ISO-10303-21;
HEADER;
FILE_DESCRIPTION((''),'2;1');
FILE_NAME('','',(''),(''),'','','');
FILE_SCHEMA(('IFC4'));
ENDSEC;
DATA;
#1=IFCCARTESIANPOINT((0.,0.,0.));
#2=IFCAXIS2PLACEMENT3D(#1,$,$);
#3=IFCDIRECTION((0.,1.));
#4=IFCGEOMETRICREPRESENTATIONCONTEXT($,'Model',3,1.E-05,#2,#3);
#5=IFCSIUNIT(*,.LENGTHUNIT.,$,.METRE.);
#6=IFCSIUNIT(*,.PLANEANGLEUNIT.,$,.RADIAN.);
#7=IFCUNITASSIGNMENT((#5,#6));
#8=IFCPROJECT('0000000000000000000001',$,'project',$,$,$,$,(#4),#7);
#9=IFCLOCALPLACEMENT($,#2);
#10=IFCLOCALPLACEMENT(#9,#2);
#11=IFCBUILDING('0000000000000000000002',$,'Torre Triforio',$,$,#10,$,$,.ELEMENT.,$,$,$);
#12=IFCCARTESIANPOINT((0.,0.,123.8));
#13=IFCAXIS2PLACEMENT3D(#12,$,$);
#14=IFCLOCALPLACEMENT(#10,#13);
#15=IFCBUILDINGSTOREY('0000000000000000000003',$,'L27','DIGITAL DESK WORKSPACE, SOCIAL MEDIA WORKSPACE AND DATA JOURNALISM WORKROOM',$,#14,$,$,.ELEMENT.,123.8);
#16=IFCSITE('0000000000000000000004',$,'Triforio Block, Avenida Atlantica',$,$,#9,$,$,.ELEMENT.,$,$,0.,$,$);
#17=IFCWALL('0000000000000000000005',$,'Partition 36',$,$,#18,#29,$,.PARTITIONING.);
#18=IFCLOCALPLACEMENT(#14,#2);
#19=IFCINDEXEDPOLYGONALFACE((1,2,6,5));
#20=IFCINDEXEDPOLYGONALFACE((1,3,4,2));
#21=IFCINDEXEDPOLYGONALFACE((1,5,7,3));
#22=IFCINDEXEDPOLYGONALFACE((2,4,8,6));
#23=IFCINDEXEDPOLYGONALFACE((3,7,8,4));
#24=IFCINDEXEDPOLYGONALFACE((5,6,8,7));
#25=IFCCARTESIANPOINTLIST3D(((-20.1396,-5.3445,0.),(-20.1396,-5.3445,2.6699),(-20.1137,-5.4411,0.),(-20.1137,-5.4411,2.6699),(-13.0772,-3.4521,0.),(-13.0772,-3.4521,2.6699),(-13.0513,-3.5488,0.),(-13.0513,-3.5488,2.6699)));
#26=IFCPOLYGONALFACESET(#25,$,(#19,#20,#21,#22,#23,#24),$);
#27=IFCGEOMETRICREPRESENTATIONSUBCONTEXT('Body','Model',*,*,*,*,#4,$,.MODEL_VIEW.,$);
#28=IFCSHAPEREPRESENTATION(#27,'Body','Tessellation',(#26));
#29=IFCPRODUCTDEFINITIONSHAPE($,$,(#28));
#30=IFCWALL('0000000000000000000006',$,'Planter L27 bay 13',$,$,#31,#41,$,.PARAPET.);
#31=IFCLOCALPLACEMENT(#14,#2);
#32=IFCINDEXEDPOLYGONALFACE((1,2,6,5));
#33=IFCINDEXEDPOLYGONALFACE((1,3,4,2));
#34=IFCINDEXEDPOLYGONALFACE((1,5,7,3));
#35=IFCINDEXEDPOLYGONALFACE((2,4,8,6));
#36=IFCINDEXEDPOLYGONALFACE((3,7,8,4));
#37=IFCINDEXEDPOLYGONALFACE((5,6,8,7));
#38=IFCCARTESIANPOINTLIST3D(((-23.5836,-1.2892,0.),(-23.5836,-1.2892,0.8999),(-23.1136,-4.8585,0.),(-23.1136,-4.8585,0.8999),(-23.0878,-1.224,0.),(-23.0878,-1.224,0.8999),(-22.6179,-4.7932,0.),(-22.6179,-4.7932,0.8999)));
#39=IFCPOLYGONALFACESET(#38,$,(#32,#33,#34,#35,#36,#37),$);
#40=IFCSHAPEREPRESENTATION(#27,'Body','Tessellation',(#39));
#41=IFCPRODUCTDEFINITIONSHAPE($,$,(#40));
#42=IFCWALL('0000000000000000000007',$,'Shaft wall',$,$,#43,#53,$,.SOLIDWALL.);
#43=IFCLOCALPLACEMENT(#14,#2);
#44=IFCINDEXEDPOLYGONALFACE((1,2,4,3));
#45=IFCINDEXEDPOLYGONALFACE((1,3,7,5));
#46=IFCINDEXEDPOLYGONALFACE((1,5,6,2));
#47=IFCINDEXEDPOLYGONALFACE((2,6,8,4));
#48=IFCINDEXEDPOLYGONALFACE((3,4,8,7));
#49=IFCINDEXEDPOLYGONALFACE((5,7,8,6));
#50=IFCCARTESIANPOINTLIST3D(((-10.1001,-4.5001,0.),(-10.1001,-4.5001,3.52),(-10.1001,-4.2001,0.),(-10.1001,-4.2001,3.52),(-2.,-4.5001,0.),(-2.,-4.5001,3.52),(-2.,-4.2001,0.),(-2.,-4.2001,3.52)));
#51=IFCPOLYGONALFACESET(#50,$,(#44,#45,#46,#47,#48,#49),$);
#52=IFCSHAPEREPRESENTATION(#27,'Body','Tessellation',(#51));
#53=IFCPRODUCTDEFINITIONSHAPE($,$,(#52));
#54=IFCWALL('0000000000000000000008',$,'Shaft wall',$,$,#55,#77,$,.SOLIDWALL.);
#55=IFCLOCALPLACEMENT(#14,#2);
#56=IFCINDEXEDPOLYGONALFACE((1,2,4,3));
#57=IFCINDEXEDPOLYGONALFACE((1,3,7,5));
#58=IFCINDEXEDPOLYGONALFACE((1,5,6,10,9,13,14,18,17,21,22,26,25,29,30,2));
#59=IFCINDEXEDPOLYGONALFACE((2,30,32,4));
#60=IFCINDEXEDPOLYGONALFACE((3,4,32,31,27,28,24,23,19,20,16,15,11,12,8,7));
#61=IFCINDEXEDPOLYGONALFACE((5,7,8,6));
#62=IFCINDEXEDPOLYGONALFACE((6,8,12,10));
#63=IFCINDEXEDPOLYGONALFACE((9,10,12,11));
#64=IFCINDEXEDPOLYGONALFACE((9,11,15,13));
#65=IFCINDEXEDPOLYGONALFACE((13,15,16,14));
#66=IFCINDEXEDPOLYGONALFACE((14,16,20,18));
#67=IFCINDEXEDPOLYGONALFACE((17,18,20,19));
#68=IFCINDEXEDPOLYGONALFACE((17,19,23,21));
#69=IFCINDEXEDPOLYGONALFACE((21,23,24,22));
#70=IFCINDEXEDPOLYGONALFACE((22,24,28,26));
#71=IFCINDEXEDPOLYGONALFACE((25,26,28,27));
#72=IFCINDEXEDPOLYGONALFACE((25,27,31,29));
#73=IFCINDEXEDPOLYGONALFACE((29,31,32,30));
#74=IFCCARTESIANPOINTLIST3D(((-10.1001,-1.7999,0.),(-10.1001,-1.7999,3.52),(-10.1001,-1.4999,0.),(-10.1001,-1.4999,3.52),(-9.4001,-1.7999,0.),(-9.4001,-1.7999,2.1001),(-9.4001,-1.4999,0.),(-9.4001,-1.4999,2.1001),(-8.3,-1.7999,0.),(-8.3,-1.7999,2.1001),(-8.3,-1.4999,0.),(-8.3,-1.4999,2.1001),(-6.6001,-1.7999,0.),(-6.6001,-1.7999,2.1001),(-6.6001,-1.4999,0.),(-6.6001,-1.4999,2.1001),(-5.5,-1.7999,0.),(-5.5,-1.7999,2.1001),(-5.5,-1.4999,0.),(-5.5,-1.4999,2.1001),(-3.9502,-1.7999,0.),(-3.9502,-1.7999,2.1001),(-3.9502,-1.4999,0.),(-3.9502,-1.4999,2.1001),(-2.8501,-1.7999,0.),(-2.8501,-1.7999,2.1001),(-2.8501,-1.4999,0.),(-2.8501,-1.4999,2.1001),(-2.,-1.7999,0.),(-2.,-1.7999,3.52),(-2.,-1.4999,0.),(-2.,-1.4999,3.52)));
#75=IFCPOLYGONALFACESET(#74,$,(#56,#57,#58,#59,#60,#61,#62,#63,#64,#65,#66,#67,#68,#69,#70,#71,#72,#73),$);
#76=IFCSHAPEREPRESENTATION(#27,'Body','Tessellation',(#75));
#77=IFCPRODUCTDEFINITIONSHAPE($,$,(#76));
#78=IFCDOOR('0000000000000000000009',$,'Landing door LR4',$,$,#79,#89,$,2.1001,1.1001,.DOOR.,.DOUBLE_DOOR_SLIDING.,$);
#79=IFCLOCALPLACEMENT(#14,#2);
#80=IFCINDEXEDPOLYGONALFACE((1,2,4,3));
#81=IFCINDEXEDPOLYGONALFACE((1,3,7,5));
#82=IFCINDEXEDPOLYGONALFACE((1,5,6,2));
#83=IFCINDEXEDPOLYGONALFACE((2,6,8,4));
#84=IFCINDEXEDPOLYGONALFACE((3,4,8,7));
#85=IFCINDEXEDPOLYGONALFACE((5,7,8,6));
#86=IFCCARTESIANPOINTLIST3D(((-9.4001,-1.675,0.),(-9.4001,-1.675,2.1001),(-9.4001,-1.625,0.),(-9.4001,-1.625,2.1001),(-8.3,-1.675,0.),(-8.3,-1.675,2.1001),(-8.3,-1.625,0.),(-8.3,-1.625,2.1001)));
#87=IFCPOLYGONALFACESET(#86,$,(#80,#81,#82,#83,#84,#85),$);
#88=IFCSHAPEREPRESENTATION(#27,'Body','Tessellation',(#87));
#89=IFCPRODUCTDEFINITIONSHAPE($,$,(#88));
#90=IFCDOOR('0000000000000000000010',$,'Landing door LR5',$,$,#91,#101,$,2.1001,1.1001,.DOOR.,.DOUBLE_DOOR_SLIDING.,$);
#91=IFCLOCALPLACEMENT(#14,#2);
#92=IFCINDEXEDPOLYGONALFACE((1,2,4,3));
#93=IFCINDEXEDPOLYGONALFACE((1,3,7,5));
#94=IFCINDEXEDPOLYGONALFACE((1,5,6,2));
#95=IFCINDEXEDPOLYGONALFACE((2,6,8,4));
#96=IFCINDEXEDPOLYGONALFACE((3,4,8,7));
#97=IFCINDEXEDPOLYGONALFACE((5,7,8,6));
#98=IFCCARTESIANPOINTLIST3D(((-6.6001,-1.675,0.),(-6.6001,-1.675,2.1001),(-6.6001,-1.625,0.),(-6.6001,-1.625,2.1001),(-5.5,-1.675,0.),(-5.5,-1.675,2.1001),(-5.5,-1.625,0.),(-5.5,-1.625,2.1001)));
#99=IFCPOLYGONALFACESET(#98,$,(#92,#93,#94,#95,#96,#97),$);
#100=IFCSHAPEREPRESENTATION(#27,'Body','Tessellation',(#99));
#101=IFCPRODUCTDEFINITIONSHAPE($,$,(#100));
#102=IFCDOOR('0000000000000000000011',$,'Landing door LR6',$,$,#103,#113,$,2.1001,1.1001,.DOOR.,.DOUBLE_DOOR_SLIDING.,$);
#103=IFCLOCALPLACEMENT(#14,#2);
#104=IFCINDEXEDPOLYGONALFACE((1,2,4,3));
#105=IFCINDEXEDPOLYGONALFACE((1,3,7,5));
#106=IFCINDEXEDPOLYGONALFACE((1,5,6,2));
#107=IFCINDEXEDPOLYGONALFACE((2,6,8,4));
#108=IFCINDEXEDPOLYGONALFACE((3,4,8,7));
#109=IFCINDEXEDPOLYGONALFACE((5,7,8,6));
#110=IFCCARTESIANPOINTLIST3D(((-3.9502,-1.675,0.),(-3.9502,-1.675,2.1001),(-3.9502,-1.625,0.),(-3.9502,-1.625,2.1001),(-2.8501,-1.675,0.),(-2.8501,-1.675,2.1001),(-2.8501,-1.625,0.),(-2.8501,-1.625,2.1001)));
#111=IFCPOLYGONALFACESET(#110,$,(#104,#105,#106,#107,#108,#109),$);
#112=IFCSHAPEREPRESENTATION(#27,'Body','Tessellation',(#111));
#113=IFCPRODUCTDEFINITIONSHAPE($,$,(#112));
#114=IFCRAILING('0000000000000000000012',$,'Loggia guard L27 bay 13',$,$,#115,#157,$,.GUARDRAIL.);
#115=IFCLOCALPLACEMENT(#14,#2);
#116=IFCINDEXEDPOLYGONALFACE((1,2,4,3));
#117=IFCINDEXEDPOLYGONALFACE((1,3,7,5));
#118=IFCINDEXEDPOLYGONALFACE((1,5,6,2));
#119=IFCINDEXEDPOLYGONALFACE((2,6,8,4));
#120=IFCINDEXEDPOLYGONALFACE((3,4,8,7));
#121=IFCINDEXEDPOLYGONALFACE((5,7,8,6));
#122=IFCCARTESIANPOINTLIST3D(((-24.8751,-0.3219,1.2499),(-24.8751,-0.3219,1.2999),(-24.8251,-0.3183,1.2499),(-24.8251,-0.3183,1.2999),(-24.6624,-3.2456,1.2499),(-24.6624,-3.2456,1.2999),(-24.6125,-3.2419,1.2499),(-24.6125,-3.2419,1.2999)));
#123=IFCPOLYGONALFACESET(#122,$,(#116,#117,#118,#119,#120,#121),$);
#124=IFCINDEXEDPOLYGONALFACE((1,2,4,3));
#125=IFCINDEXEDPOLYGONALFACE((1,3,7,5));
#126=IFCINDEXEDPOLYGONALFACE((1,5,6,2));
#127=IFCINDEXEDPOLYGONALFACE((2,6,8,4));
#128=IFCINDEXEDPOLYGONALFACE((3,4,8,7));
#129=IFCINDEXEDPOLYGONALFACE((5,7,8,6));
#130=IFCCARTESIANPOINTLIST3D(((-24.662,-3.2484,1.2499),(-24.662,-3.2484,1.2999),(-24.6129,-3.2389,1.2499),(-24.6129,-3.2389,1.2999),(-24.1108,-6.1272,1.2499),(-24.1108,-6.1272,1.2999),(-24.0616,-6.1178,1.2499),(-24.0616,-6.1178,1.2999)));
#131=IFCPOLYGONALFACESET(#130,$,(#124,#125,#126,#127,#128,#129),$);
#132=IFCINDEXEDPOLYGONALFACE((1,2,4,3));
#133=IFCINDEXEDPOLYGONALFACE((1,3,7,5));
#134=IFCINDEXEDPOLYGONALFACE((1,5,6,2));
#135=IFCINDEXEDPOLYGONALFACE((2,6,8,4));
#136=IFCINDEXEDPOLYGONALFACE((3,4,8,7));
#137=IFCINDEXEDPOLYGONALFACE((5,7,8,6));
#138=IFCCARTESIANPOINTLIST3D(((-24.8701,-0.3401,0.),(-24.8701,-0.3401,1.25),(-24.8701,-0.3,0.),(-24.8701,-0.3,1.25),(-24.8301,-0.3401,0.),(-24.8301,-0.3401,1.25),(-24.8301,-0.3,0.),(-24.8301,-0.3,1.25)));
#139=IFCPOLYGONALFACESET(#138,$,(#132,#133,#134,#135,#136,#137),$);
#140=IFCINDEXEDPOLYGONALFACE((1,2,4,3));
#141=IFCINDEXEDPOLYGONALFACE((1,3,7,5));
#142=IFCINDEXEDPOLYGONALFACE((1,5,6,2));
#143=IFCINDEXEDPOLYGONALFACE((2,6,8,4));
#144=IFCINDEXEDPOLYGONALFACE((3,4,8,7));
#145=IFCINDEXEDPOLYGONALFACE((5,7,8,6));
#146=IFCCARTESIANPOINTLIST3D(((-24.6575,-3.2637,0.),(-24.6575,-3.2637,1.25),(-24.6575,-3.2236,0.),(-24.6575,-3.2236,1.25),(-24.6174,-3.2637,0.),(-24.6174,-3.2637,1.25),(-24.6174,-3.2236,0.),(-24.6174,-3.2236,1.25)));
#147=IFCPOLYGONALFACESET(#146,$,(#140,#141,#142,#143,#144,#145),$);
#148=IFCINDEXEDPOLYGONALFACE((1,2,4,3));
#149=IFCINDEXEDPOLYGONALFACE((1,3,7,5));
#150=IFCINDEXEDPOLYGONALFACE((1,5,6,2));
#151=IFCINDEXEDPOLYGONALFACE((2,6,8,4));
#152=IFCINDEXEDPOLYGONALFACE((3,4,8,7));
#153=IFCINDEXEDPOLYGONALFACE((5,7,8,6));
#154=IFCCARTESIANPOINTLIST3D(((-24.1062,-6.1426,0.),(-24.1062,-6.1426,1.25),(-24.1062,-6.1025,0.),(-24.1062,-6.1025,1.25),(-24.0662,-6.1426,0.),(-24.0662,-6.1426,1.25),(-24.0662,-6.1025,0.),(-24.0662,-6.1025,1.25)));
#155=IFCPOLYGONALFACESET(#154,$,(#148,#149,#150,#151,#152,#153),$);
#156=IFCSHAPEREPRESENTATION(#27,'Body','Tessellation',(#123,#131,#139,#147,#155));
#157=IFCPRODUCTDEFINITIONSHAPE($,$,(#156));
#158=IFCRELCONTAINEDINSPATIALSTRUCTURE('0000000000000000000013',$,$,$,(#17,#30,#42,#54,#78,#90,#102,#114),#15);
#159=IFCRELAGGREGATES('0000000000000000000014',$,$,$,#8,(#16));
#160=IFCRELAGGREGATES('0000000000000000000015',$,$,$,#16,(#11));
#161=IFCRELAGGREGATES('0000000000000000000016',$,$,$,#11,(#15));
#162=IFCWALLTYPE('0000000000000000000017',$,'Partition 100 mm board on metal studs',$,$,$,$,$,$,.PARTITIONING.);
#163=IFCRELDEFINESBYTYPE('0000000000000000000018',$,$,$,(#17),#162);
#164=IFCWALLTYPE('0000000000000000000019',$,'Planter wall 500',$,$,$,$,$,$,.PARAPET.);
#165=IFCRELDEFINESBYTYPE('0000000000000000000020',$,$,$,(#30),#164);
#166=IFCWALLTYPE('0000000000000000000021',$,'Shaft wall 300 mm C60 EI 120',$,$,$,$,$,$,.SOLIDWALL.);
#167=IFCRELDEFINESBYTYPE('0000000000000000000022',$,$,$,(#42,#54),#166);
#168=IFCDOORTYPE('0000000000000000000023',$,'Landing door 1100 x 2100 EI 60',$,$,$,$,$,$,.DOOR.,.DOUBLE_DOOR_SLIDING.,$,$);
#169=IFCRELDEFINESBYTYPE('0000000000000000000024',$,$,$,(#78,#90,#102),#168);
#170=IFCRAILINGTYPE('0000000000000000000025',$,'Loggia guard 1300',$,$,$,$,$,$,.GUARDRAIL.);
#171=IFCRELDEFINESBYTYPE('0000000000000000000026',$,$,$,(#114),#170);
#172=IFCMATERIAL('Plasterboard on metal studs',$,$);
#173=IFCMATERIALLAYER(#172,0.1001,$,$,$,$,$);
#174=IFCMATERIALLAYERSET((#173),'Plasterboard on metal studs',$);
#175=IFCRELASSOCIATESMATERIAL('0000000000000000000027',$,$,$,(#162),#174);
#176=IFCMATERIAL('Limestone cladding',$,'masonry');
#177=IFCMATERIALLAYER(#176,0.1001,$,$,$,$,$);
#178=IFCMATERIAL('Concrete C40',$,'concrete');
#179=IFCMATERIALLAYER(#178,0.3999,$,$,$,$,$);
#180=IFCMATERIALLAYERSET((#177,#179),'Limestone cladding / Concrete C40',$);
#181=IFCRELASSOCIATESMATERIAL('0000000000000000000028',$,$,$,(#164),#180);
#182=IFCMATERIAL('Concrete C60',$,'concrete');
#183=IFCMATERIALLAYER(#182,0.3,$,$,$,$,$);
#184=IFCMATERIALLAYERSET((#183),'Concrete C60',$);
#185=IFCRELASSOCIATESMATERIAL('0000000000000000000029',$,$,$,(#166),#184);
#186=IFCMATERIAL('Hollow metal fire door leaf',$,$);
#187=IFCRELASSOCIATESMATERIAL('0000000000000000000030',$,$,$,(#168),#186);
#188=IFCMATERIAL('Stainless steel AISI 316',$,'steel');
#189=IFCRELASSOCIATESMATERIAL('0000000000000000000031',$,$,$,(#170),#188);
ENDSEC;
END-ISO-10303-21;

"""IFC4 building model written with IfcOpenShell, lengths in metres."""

from ifc_helpers import new_model, si_unit, direction, frame, frame_2d, origin, origin_2d, place, context, subcontext, project, spatial, rectangle, extrude, material, layer, layer_set, type_object, element, fill, save


model = new_model("IFC4")

# Units and contexts
model_context = context("Model", 3, precision=1e-05, world=origin(), true_north=direction((0.0, 1.0)))
body_context = subcontext(model_context, "Body", "Model", "MODEL_VIEW")
ifc_project = project(units=[si_unit("LENGTHUNIT", "METRE"), si_unit("PLANEANGLEUNIT", "RADIAN")], contexts=[model_context])

# Site, building, storey
site_placement = place(None, origin())
site = spatial("IfcSite", under=ifc_project, at=site_placement, Name="Triforio Block, Avenida Atlantica", CompositionType="ELEMENT", RefElevation=0.0)
building_placement = place(site_placement, origin())
building = spatial("IfcBuilding", under=site, at=building_placement, Name="Torre Triforio", CompositionType="ELEMENT")
storey_placement = place(building_placement, frame((0.0, 0.0, 123.8)))
storey = spatial("IfcBuildingStorey", under=building, at=storey_placement, Name="L27", Description="DIGITAL DESK WORKSPACE, SOCIAL MEDIA WORKSPACE AND DATA JOURNALISM WORKROOM", CompositionType="ELEMENT", Elevation=123.8)

# Shared definitions
ifc_material_1 = material(Name="Concrete C60", Category="concrete")

# Shared definitions
ifc_material_2 = material(Name="Hollow metal fire door leaf")
ifc_material_3 = material(Name="Plasterboard on metal studs")

# Walls
ifc_layer_1 = layer(ifc_material_3, 0.1001)
ifc_layer_set_1 = layer_set([ifc_layer_1], Name="Plasterboard on metal studs")
wall_type_1 = type_object("IfcWallType", Name="Partition 100 mm board on metal studs", PredefinedType="PARTITIONING", material=ifc_layer_set_1)
wall_1_placement = place(storey_placement, frame((-13.0642, -3.5005, 0.0), z_axis=(0.0, 0.0, 1.0), x_axis=(-0.965928, -0.258812, 0.0)))
element("IfcWall", 1, at=wall_1_placement, inside=storey, type_object=wall_type_1, Name="Partition 36", PredefinedType="PARTITIONING", context=body_context, shape_type="SweptSolid", body=[
    extrude(rectangle(XDim=7.3115, YDim=0.1001, at=frame_2d((3.6558, 0.0))), origin(), (0.0, 0.0, 1.0), 2.6699),
])
ifc_material_4 = material(Name="Limestone cladding", Category="masonry")
ifc_layer_2 = layer(ifc_material_4, 0.1001)
ifc_material_5 = material(Name="Concrete C40", Category="concrete")
ifc_layer_3 = layer(ifc_material_5, 0.3999)
ifc_layer_set_2 = layer_set([ifc_layer_2, ifc_layer_3], Name="Limestone cladding / Concrete C40")
wall_type_2 = type_object("IfcWallType", Name="Planter wall 500", PredefinedType="PARAPET", material=ifc_layer_set_2)
wall_2_placement = place(storey_placement, frame((-23.3357, -1.2566, 0.0), z_axis=(0.0, 0.0, 1.0), x_axis=(0.130542, -0.991443, 0.0)))
element("IfcWall", 2, at=wall_2_placement, inside=storey, type_object=wall_type_2, Name="Planter L27 bay 13", PredefinedType="PARAPET", context=body_context, shape_type="SweptSolid", body=[
    extrude(rectangle(XDim=3.6001, YDim=0.5, at=frame_2d((1.8, 0.0))), origin(), (0.0, 0.0, 1.0), 0.8999),
])
ifc_layer_4 = layer(ifc_material_1, 0.3)
ifc_layer_set_3 = layer_set([ifc_layer_4], Name="Concrete C60")
wall_type_3 = type_object("IfcWallType", Name="Shaft wall 300 mm C60 EI 120", PredefinedType="SOLIDWALL", material=ifc_layer_set_3)
wall_3_placement = place(storey_placement, frame((-10.1001, -4.3501, 0.0), z_axis=(0.0, 0.0, 1.0), x_axis=(1.0, 0.0, 0.0)))
element("IfcWall", 3, at=wall_3_placement, inside=storey, type_object=wall_type_3, Name="Shaft wall", PredefinedType="SOLIDWALL", context=body_context, shape_type="SweptSolid", body=[
    extrude(rectangle(XDim=8.1001, YDim=0.3, at=frame_2d((4.05, 0.0))), origin(), (0.0, 0.0, 1.0), 3.52),
])

# Wall, openings, doors
wall_4_placement = place(storey_placement, frame((-10.1001, -1.6499, 0.0), z_axis=(0.0, 0.0, 1.0), x_axis=(1.0, 0.0, 0.0)))
wall_4 = element("IfcWall", 4, at=wall_4_placement, inside=storey, type_object=wall_type_3, Name="Shaft wall", PredefinedType="SOLIDWALL", context=body_context, shape_type="SweptSolid", body=[
    extrude(rectangle(XDim=8.1001, YDim=0.3, at=frame_2d((4.05, 0.0))), origin(), (0.0, 0.0, 1.0), 3.52),
])
opening_1_placement = place(wall_4_placement, frame((0.7, 0.0, 0.0)))
opening_1 = element("IfcOpeningElement", 5, at=opening_1_placement, cuts=wall_4, PredefinedType="OPENING", context=body_context, shape_type="SweptSolid", body=[
    extrude(rectangle(XDim=1.1001, YDim=2.1001, at=frame_2d((0.55, 1.05))), frame((0.0, 0.1599, 0.0), z_axis=(0.0, -1.0, 0.0), x_axis=(1.0, 0.0, 0.0)), (0.0, 0.0, 1.0), 0.3201),
])
opening_2_placement = place(wall_4_placement, frame((3.5, 0.0, 0.0)))
opening_2 = element("IfcOpeningElement", 6, at=opening_2_placement, cuts=wall_4, PredefinedType="OPENING", context=body_context, shape_type="SweptSolid", body=[
    extrude(rectangle(XDim=1.1001, YDim=2.1001, at=frame_2d((0.55, 1.05))), frame((0.0, 0.1599, 0.0), z_axis=(0.0, -1.0, 0.0), x_axis=(1.0, 0.0, 0.0)), (0.0, 0.0, 1.0), 0.3201),
])
opening_3_placement = place(wall_4_placement, frame((6.1499, 0.0, 0.0)))
opening_3 = element("IfcOpeningElement", 7, at=opening_3_placement, cuts=wall_4, PredefinedType="OPENING", context=body_context, shape_type="SweptSolid", body=[
    extrude(rectangle(XDim=1.1001, YDim=2.1001, at=frame_2d((0.55, 1.05))), frame((0.0, 0.1599, 0.0), z_axis=(0.0, -1.0, 0.0), x_axis=(1.0, 0.0, 0.0)), (0.0, 0.0, 1.0), 0.3201),
])
door_type_1 = type_object("IfcDoorType", Name="Landing door 1100 x 2100 EI 60", OperationType="DOUBLE_DOOR_SLIDING", PredefinedType="DOOR", material=ifc_material_2)
door_1_placement = place(opening_1_placement, origin())
door_1 = element("IfcDoor", 8, at=door_1_placement, inside=storey, type_object=door_type_1, Name="Landing door LR4", OperationType="DOUBLE_DOOR_SLIDING", OverallHeight=2.1001, OverallWidth=1.1001, PredefinedType="DOOR", context=body_context, shape_type="SweptSolid", body=[
    extrude(rectangle(XDim=1.1001, YDim=2.1001, at=frame_2d((0.55, 1.05))), frame((0.0, 0.0249, 0.0), z_axis=(0.0, -1.0, 0.0), x_axis=(1.0, 0.0, 0.0)), (0.0, 0.0, 1.0), 0.05),
])
fill(opening_1, door_1)
door_2_placement = place(opening_2_placement, origin())
door_2 = element("IfcDoor", 9, at=door_2_placement, inside=storey, type_object=door_type_1, Name="Landing door LR5", OperationType="DOUBLE_DOOR_SLIDING", OverallHeight=2.1001, OverallWidth=1.1001, PredefinedType="DOOR", context=body_context, shape_type="SweptSolid", body=[
    extrude(rectangle(XDim=1.1001, YDim=2.1001, at=frame_2d((0.55, 1.05))), frame((0.0, 0.0249, 0.0), z_axis=(0.0, -1.0, 0.0), x_axis=(1.0, 0.0, 0.0)), (0.0, 0.0, 1.0), 0.05),
])
fill(opening_2, door_2)
door_3_placement = place(opening_3_placement, origin())
door_3 = element("IfcDoor", 10, at=door_3_placement, inside=storey, type_object=door_type_1, Name="Landing door LR6", OperationType="DOUBLE_DOOR_SLIDING", OverallHeight=2.1001, OverallWidth=1.1001, PredefinedType="DOOR", context=body_context, shape_type="SweptSolid", body=[
    extrude(rectangle(XDim=1.1001, YDim=2.1001, at=frame_2d((0.55, 1.05))), frame((0.0, 0.0249, 0.0), z_axis=(0.0, -1.0, 0.0), x_axis=(1.0, 0.0, 0.0)), (0.0, 0.0, 1.0), 0.05),
])
fill(opening_3, door_3)

# Railing
ifc_material_6 = material(Name="Stainless steel AISI 316", Category="steel")
railing_type = type_object("IfcRailingType", Name="Loggia guard 1300", PredefinedType="GUARDRAIL", material=ifc_material_6)
railing_1_placement = place(storey_placement, frame((-24.8501, -0.3201, 0.0)))
element("IfcRailing", 11, at=railing_1_placement, inside=storey, type_object=railing_type, Name="Loggia guard L27 bay 13", PredefinedType="GUARDRAIL", context=body_context, shape_type="SweptSolid", body=[
    extrude(rectangle(XDim=0.05, YDim=0.05, at=origin_2d()), frame((0.0, 0.0, 1.2749), z_axis=(0.072543, -0.997365, 0.0), x_axis=(0.997365, 0.072543, 0.0)), (0.0, 0.0, 1.0), 2.9314),
    extrude(rectangle(XDim=0.05, YDim=0.05, at=origin_2d()), frame((0.2126, -2.9236, 1.2749), z_axis=(0.188069, -0.982156, 0.0), x_axis=(0.982156, 0.188069, 0.0)), (0.0, 0.0, 1.0), 2.9312),
    extrude(rectangle(XDim=0.04, YDim=0.04, at=origin_2d()), origin(), (0.0, 0.0, 1.0), 1.25),
    extrude(rectangle(XDim=0.04, YDim=0.04, at=origin_2d()), frame((0.2126, -2.9236, 0.0)), (0.0, 0.0, 1.0), 1.25),
    extrude(rectangle(XDim=0.04, YDim=0.04, at=origin_2d()), frame((0.7639, -5.8025, 0.0)), (0.0, 0.0, 1.0), 1.25),
])

save(model, "model.ifc")
